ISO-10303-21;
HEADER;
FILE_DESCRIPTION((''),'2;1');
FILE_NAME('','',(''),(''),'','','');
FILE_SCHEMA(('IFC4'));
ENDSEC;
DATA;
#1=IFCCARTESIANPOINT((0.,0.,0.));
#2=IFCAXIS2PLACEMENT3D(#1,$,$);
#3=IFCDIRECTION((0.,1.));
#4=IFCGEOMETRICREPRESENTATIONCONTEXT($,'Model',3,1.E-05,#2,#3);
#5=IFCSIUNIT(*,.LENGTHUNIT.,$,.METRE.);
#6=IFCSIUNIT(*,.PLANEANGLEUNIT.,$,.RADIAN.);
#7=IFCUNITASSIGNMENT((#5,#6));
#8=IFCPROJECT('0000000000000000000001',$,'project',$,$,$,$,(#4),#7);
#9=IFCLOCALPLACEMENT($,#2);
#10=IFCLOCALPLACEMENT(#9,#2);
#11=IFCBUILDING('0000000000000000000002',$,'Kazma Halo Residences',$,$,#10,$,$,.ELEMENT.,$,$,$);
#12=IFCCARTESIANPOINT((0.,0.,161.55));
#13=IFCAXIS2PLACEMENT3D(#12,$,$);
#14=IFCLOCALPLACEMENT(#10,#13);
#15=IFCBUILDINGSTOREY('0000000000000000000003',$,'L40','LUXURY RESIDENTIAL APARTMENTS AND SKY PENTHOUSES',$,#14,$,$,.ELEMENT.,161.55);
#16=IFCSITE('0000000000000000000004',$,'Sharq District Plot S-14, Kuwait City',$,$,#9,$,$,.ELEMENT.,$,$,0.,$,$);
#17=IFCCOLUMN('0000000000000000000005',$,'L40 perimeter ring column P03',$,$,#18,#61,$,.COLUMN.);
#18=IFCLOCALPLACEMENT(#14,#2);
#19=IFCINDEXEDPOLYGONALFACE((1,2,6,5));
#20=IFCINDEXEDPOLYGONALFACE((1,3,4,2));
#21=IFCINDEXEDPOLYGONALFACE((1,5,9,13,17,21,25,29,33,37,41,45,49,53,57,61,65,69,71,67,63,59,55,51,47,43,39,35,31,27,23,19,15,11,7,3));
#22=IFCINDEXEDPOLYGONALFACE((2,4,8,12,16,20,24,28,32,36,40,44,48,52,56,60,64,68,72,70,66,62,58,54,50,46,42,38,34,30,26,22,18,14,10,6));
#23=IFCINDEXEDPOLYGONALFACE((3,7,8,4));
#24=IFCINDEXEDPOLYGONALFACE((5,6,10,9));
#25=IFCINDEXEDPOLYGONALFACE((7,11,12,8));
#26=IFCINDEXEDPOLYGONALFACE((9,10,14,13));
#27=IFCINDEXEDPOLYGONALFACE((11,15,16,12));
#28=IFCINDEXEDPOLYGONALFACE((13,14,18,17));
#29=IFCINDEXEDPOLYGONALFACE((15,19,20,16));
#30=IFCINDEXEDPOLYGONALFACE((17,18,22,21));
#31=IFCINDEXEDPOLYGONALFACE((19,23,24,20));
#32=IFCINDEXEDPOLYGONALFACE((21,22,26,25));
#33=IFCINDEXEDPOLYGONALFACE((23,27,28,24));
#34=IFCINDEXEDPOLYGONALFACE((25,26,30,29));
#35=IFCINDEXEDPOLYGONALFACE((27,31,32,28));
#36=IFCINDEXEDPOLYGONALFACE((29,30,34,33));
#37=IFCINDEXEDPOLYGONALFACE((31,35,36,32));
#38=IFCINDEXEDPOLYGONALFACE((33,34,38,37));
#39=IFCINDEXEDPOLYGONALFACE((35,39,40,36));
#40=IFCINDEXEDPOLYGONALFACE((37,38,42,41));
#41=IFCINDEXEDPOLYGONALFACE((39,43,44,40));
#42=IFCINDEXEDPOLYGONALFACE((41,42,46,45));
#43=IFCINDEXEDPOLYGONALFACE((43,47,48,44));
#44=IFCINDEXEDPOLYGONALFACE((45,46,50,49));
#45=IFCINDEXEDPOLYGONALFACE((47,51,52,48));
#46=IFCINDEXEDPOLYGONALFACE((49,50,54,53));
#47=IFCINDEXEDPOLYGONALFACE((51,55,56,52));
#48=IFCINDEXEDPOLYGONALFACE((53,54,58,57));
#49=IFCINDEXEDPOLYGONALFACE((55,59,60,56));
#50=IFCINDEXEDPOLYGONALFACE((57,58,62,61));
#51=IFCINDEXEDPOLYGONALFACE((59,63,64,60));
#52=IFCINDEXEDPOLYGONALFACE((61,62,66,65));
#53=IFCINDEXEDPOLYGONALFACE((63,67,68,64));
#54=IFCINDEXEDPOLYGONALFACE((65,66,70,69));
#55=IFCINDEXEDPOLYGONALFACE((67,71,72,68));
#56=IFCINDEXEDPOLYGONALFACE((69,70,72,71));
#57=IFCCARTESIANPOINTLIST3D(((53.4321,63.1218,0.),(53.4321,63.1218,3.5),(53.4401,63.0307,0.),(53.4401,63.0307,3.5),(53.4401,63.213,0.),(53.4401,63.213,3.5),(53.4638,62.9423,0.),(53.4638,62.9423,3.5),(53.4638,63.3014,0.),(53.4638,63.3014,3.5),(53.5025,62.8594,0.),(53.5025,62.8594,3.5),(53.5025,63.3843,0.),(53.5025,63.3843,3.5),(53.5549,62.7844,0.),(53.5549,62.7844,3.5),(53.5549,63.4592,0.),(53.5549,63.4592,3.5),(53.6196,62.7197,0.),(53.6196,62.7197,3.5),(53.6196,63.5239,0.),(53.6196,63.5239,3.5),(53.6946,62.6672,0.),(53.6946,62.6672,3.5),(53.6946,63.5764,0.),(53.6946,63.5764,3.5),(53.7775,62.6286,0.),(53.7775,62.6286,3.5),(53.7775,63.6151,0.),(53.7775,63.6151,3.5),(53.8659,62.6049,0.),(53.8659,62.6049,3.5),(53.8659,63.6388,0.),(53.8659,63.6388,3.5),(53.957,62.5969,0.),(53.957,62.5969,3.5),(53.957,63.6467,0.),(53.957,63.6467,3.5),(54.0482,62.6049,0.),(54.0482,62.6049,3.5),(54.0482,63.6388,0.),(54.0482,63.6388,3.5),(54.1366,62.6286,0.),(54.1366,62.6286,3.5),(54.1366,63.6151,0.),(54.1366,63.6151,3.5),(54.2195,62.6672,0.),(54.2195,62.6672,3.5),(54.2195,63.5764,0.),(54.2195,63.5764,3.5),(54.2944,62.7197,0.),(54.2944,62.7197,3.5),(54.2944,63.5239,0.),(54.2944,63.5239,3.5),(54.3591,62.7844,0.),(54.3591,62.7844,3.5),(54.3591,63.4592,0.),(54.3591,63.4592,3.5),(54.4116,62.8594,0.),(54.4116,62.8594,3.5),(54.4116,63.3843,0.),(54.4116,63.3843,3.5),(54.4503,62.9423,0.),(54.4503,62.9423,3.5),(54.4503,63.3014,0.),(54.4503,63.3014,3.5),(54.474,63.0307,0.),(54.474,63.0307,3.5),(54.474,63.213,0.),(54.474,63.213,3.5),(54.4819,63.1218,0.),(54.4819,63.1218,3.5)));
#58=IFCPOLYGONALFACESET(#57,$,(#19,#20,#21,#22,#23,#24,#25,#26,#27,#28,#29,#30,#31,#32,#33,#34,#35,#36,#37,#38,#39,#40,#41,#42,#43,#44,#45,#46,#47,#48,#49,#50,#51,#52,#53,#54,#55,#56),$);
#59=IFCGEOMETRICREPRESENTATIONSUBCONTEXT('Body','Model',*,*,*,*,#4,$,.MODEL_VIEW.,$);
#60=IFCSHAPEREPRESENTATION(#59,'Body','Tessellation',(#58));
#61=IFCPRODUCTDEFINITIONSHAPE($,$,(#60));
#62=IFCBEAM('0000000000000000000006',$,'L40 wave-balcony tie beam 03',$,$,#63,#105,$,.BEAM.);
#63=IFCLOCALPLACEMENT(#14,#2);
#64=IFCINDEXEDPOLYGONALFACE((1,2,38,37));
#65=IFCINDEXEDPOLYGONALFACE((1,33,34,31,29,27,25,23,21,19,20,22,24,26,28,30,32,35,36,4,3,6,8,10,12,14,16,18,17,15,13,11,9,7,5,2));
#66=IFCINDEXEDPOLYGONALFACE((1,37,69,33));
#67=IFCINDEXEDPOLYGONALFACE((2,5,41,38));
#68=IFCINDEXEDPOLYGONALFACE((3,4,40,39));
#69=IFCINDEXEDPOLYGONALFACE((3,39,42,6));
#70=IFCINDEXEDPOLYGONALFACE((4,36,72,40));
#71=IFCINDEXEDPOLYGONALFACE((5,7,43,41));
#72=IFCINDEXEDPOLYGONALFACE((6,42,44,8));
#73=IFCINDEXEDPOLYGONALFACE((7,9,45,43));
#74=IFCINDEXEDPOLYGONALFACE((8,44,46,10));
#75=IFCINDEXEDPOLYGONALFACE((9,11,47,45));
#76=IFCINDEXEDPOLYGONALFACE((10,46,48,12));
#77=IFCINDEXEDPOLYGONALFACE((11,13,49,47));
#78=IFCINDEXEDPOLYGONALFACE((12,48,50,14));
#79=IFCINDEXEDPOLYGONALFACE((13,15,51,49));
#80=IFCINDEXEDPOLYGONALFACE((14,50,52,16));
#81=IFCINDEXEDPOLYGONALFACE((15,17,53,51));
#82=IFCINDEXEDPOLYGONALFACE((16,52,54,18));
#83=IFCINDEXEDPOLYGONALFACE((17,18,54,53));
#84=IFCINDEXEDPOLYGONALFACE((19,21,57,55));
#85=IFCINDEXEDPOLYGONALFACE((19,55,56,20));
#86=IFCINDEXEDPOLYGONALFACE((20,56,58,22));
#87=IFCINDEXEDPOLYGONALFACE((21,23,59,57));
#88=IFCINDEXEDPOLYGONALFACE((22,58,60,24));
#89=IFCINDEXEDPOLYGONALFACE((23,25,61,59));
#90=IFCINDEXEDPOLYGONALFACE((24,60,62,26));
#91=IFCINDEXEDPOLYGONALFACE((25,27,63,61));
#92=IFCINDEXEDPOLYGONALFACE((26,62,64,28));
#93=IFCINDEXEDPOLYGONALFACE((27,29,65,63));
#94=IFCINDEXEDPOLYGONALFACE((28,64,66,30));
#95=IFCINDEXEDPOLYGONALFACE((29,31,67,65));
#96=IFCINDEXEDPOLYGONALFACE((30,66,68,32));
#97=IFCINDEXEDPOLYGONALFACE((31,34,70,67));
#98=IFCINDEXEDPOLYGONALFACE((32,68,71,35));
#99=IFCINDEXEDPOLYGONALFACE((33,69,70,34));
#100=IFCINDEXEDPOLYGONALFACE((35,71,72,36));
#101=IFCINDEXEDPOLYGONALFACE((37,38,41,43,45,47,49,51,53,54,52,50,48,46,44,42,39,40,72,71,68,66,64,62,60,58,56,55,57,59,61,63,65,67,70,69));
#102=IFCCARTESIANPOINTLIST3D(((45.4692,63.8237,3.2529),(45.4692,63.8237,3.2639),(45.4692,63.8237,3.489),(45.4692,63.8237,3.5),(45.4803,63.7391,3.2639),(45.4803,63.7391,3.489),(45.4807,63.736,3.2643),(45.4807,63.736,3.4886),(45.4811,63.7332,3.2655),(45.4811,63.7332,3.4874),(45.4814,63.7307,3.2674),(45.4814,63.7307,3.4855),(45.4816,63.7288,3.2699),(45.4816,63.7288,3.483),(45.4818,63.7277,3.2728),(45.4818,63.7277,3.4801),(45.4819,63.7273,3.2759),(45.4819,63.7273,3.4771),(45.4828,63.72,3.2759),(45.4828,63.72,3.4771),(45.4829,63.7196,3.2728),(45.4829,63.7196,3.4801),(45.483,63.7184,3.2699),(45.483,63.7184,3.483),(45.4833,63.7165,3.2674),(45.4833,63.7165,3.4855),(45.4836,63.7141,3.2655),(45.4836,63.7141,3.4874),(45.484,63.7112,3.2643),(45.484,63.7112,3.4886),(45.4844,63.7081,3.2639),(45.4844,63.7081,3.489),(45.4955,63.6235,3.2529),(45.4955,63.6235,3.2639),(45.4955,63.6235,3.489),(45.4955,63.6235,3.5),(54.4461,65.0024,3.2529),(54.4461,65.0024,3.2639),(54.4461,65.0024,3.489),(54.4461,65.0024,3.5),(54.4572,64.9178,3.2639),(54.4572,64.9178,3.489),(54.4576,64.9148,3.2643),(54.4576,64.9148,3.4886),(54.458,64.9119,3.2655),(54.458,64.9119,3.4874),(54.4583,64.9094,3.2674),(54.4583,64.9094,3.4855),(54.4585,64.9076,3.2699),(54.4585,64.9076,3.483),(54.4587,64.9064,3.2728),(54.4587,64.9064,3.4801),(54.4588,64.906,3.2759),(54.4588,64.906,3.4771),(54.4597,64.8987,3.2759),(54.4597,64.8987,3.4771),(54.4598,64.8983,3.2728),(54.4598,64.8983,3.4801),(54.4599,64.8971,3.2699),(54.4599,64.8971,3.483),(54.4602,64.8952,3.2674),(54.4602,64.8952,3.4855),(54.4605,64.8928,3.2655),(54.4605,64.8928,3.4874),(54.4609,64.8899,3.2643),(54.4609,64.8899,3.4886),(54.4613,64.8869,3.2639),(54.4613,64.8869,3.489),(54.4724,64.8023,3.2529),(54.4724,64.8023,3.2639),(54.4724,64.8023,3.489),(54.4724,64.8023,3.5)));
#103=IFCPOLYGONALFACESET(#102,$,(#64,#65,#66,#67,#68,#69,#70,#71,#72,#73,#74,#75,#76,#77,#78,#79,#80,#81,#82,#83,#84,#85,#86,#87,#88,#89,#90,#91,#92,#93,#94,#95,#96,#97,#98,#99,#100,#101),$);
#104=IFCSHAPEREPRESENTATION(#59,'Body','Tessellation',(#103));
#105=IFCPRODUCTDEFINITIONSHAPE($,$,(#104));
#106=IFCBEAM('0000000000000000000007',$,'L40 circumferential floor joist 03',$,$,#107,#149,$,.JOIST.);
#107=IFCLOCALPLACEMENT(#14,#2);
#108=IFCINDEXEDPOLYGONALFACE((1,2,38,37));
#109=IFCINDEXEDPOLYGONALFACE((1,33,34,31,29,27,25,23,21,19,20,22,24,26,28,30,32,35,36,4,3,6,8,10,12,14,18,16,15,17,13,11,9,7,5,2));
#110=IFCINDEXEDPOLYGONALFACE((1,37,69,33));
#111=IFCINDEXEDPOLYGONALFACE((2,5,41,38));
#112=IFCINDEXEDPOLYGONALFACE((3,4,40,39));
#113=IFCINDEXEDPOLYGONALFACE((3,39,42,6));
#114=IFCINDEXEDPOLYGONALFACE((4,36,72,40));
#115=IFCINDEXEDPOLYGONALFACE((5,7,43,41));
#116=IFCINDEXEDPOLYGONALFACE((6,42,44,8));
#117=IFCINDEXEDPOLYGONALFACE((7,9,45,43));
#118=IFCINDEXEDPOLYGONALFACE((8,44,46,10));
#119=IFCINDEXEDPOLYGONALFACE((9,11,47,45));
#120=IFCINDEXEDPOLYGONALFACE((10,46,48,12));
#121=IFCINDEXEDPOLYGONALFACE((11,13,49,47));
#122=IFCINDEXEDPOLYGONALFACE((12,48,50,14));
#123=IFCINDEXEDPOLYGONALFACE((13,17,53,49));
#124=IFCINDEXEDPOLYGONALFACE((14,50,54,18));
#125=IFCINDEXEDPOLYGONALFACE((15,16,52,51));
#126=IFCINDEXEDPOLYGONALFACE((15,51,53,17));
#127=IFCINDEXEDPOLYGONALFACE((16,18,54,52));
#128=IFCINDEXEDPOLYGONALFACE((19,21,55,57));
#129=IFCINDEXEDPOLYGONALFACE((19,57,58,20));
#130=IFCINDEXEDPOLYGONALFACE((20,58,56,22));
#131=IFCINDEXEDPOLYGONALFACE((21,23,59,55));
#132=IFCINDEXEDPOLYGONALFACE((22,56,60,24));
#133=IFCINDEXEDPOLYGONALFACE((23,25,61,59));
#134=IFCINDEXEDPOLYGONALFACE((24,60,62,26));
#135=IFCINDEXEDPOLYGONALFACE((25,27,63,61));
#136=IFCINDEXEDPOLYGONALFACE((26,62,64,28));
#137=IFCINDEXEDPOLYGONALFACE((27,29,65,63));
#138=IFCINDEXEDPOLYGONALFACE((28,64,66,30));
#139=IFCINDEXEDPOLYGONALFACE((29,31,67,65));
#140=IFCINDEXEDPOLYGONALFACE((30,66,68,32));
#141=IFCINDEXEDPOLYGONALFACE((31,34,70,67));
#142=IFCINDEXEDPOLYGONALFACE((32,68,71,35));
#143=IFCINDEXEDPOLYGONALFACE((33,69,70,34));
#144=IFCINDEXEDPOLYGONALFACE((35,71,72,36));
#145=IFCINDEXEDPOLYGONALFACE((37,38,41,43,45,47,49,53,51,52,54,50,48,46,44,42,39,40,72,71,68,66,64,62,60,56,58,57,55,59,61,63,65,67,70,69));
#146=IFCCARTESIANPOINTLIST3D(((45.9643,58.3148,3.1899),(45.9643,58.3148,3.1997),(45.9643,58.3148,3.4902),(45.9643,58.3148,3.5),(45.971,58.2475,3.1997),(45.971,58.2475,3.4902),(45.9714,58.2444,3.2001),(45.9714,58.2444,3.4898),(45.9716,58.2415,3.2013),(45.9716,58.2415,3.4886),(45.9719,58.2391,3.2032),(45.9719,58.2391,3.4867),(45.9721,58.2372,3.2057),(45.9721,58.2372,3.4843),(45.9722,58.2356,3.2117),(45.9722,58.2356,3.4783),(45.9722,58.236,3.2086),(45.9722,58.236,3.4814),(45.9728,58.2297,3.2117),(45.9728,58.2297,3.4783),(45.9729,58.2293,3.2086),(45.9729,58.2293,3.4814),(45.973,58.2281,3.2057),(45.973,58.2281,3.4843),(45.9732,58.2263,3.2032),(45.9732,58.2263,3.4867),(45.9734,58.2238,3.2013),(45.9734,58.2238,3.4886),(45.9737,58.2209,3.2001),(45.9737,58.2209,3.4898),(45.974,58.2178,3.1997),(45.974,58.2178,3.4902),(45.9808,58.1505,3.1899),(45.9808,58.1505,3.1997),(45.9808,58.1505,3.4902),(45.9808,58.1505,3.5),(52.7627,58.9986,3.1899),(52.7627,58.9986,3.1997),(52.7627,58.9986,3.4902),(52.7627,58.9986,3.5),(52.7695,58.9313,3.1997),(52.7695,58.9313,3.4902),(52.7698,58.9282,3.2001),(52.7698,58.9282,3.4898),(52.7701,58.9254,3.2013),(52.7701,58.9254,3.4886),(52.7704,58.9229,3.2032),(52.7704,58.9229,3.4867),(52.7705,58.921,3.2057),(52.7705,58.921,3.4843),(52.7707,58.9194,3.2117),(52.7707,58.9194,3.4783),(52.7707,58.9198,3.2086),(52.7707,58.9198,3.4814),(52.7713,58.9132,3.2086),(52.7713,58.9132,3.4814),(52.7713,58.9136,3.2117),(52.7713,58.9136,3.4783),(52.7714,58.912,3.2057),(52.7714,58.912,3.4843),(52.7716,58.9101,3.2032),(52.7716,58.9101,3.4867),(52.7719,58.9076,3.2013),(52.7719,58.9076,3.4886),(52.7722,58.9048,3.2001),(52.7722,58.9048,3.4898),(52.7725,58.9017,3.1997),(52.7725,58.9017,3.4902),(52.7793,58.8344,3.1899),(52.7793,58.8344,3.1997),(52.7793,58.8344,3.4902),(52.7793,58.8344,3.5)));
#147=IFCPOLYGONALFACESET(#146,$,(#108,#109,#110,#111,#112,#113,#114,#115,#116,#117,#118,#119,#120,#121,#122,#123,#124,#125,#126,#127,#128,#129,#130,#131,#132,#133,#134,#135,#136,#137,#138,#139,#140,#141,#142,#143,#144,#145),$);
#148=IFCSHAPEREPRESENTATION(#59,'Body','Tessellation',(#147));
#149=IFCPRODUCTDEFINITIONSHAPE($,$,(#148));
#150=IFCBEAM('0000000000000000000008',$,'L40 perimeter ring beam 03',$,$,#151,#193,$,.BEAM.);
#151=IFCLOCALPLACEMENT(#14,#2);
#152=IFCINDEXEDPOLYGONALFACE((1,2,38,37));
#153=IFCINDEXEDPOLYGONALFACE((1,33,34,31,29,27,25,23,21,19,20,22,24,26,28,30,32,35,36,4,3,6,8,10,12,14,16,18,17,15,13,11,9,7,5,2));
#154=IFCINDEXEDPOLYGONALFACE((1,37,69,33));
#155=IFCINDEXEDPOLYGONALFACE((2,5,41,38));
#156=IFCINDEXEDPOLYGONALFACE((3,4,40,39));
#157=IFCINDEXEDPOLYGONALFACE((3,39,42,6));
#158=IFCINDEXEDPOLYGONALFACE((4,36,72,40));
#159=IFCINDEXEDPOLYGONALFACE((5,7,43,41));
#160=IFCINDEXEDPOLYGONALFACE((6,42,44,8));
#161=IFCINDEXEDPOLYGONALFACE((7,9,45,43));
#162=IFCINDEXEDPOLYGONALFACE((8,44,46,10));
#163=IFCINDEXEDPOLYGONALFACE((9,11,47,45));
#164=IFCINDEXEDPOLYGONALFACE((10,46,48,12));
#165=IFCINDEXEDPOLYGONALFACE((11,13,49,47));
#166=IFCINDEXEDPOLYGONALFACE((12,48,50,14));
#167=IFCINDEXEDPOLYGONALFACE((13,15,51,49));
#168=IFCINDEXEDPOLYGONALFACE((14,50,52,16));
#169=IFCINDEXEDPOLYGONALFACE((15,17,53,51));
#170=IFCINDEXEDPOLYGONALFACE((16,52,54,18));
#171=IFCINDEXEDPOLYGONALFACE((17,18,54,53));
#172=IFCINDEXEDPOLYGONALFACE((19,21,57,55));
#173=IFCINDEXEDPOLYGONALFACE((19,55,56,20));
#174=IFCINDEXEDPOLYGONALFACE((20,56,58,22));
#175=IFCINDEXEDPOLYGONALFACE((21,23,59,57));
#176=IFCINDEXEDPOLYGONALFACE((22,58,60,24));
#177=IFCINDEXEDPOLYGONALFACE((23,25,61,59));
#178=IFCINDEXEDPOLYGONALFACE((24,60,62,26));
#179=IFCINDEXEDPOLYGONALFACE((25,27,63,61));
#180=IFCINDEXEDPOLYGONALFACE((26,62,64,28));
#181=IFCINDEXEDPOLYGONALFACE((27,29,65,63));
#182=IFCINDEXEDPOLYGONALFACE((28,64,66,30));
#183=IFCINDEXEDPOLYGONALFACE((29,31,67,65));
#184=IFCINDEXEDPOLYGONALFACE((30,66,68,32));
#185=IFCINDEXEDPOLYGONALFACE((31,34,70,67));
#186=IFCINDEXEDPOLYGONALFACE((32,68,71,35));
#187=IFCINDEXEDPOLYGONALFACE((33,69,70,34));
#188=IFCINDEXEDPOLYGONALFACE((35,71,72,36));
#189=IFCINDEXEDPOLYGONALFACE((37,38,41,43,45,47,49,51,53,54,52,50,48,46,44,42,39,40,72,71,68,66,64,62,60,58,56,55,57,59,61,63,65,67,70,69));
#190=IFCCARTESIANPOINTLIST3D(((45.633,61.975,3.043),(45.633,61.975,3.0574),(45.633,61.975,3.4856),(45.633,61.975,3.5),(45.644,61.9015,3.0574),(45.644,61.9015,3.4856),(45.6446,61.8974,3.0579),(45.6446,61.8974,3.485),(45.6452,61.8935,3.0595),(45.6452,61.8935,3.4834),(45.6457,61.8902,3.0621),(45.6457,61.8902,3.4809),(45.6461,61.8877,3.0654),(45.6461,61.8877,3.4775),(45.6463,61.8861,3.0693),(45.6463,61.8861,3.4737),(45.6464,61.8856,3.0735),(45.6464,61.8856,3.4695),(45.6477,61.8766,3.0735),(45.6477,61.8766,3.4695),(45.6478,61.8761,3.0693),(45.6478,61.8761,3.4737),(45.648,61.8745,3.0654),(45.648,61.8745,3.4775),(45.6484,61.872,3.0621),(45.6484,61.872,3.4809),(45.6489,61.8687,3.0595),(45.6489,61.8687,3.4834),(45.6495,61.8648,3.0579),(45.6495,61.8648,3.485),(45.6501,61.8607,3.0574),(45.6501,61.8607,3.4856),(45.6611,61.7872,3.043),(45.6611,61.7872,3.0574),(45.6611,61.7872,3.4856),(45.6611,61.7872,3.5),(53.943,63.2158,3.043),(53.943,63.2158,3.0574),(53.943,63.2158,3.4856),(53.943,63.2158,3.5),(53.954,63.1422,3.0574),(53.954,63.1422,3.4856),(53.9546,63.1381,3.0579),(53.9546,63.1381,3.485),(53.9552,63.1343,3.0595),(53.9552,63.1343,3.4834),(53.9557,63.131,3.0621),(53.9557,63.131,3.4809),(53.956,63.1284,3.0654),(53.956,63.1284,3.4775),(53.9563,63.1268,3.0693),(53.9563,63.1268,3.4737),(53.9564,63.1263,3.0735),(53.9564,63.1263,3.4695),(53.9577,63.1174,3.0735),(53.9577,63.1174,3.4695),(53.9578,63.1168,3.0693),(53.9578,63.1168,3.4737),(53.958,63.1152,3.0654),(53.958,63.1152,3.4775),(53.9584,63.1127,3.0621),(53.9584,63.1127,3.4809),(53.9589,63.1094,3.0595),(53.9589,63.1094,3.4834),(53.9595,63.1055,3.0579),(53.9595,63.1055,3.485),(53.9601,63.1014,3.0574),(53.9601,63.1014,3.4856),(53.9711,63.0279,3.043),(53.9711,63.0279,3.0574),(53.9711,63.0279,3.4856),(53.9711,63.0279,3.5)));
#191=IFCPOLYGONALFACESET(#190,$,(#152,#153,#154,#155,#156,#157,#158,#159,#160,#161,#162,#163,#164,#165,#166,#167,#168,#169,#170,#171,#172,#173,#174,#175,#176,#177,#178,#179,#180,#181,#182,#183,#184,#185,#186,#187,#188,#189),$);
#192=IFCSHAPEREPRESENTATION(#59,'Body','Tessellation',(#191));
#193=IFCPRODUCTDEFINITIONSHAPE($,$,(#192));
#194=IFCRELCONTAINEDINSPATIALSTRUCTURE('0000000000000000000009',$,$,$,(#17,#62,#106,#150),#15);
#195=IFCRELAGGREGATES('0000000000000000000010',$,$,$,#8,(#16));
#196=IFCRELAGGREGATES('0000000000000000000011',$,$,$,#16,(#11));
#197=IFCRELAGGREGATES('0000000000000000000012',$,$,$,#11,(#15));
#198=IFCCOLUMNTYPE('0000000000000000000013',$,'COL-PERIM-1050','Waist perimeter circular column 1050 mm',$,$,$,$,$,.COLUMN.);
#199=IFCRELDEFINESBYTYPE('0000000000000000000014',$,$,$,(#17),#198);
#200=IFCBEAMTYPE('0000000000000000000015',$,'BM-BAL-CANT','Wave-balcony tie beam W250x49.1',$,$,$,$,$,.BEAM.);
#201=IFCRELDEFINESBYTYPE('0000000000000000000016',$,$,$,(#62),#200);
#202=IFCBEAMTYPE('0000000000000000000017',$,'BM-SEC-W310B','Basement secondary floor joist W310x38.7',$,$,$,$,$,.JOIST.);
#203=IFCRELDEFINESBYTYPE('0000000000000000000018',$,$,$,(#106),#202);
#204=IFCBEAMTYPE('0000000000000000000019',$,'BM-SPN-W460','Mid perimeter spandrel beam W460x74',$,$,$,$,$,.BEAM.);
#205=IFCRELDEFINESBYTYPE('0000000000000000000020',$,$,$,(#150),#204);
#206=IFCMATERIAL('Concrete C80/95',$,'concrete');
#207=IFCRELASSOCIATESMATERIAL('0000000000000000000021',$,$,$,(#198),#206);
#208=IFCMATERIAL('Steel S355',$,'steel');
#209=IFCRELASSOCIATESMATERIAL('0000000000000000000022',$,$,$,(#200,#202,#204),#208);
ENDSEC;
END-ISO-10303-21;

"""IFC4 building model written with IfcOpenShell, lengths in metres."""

from ifc_helpers import new_model, si_unit, direction, frame, origin, origin_2d, place, context, subcontext, project, spatial, circle, i_section, extrude, material, material_profile, profile_set, type_object, element, save


model = new_model("IFC4")

# Units and contexts
model_context = context("Model", 3, precision=1e-05, world=origin(), true_north=direction((0.0, 1.0)))
body_context = subcontext(model_context, "Body", "Model", "MODEL_VIEW")
ifc_project = project(units=[si_unit("LENGTHUNIT", "METRE"), si_unit("PLANEANGLEUNIT", "RADIAN")], contexts=[model_context])

# Site, building, storey
site_placement = place(None, origin())
site = spatial("IfcSite", under=ifc_project, at=site_placement, Name="Sharq District Plot S-14, Kuwait City", CompositionType="ELEMENT", RefElevation=0.0)
building_placement = place(site_placement, origin())
building = spatial("IfcBuilding", under=site, at=building_placement, Name="Kazma Halo Residences", CompositionType="ELEMENT")
storey_placement = place(building_placement, frame((0.0, 0.0, 161.55)))
storey = spatial("IfcBuildingStorey", under=building, at=storey_placement, Name="L40", Description="LUXURY RESIDENTIAL APARTMENTS AND SKY PENTHOUSES", CompositionType="ELEMENT", Elevation=161.55)

# Column
ifc_material_1 = material(Name="Concrete C80/95", Category="concrete")
ifc_material_profile_1 = material_profile(ifc_material_1, circle(Radius=0.5249, at=origin_2d()), Name="CIRC1050")
ifc_profile_set_1 = profile_set([ifc_material_profile_1], Name="Concrete C80/95")
column_type = type_object("IfcColumnType", Name="COL-PERIM-1050", Description="Waist perimeter circular column 1050 mm", PredefinedType="COLUMN", material=ifc_profile_set_1)
column_placement = place(storey_placement, frame((53.957, 63.1218, 0.0), z_axis=(0.0, 0.0, 1.0), x_axis=(1.0, 0.0, 0.0)))
element("IfcColumn", 1, at=column_placement, inside=storey, type_object=column_type, Name="L40 perimeter ring column P03", PredefinedType="COLUMN", context=body_context, shape_type="SweptSolid", body=[
    extrude(circle(Radius=0.5249, at=origin_2d()), origin(), (0.0, 0.0, 1.0), 3.5),
])

# Beams
ifc_material_2 = material(Name="Steel S355", Category="steel")
ifc_material_profile_2 = material_profile(ifc_material_2, i_section(OverallWidth=0.2019, OverallDepth=0.2471, WebThickness=0.0073, FlangeThickness=0.011, FilletRadius=0.012, at=origin_2d()), Name="W250x49.1")
ifc_profile_set_2 = profile_set([ifc_material_profile_2], Name="Steel S355")
beam_type_1 = type_object("IfcBeamType", Name="BM-BAL-CANT", Description="Wave-balcony tie beam W250x49.1", PredefinedType="BEAM", material=ifc_profile_set_2)
beam_1_placement = place(storey_placement, frame((54.4592, 64.9023, 3.3765), z_axis=(-0.991489, -0.130189, 0.0), x_axis=(0.130189, -0.991489, 0.0)))
element("IfcBeam", 2, at=beam_1_placement, inside=storey, type_object=beam_type_1, Name="L40 wave-balcony tie beam 03", PredefinedType="BEAM", context=body_context, shape_type="SweptSolid", body=[
    extrude(i_section(OverallWidth=0.2019, OverallDepth=0.2471, WebThickness=0.0073, FlangeThickness=0.011, FilletRadius=0.012, at=origin_2d()), origin(), (0.0, 0.0, 1.0), 9.054),
])
ifc_material_profile_3 = material_profile(ifc_material_2, i_section(OverallWidth=0.165, OverallDepth=0.3101, WebThickness=0.0059, FlangeThickness=0.0098, FilletRadius=0.012, at=origin_2d()), Name="W310x38.7")
ifc_profile_set_3 = profile_set([ifc_material_profile_3], Name="Steel S355")
beam_type_2 = type_object("IfcBeamType", Name="BM-SEC-W310B", Description="Basement secondary floor joist W310x38.7", PredefinedType="JOIST", material=ifc_profile_set_3)
beam_2_placement = place(storey_placement, frame((52.771, 58.9165, 3.345), z_axis=(-0.994979, -0.100084, 0.0), x_axis=(0.100084, -0.994979, 0.0)))
element("IfcBeam", 3, at=beam_2_placement, inside=storey, type_object=beam_type_2, Name="L40 circumferential floor joist 03", PredefinedType="JOIST", context=body_context, shape_type="SweptSolid", body=[
    extrude(i_section(OverallWidth=0.165, OverallDepth=0.3101, WebThickness=0.0059, FlangeThickness=0.0098, FilletRadius=0.012, at=origin_2d()), origin(), (0.0, 0.0, 1.0), 6.8328),
])
ifc_material_profile_4 = material_profile(ifc_material_2, i_section(OverallWidth=0.1899, OverallDepth=0.457, WebThickness=0.009, FlangeThickness=0.0144, FilletRadius=0.0161, at=origin_2d()), Name="W460x74")
ifc_profile_set_4 = profile_set([ifc_material_profile_4], Name="Steel S355")
beam_type_3 = type_object("IfcBeamType", Name="BM-SPN-W460", Description="Mid perimeter spandrel beam W460x74", PredefinedType="BEAM", material=ifc_profile_set_4)
beam_3_placement = place(storey_placement, frame((53.957, 63.1218, 3.2715), z_axis=(-0.989037, -0.147667, 0.0), x_axis=(0.147667, -0.989037, 0.0)))
element("IfcBeam", 4, at=beam_3_placement, inside=storey, type_object=beam_type_3, Name="L40 perimeter ring beam 03", PredefinedType="BEAM", context=body_context, shape_type="SweptSolid", body=[
    extrude(i_section(OverallWidth=0.1899, OverallDepth=0.457, WebThickness=0.009, FlangeThickness=0.0144, FilletRadius=0.0161, at=origin_2d()), origin(), (0.0, 0.0, 1.0), 8.4021),
])

save(model, "model.ifc")
